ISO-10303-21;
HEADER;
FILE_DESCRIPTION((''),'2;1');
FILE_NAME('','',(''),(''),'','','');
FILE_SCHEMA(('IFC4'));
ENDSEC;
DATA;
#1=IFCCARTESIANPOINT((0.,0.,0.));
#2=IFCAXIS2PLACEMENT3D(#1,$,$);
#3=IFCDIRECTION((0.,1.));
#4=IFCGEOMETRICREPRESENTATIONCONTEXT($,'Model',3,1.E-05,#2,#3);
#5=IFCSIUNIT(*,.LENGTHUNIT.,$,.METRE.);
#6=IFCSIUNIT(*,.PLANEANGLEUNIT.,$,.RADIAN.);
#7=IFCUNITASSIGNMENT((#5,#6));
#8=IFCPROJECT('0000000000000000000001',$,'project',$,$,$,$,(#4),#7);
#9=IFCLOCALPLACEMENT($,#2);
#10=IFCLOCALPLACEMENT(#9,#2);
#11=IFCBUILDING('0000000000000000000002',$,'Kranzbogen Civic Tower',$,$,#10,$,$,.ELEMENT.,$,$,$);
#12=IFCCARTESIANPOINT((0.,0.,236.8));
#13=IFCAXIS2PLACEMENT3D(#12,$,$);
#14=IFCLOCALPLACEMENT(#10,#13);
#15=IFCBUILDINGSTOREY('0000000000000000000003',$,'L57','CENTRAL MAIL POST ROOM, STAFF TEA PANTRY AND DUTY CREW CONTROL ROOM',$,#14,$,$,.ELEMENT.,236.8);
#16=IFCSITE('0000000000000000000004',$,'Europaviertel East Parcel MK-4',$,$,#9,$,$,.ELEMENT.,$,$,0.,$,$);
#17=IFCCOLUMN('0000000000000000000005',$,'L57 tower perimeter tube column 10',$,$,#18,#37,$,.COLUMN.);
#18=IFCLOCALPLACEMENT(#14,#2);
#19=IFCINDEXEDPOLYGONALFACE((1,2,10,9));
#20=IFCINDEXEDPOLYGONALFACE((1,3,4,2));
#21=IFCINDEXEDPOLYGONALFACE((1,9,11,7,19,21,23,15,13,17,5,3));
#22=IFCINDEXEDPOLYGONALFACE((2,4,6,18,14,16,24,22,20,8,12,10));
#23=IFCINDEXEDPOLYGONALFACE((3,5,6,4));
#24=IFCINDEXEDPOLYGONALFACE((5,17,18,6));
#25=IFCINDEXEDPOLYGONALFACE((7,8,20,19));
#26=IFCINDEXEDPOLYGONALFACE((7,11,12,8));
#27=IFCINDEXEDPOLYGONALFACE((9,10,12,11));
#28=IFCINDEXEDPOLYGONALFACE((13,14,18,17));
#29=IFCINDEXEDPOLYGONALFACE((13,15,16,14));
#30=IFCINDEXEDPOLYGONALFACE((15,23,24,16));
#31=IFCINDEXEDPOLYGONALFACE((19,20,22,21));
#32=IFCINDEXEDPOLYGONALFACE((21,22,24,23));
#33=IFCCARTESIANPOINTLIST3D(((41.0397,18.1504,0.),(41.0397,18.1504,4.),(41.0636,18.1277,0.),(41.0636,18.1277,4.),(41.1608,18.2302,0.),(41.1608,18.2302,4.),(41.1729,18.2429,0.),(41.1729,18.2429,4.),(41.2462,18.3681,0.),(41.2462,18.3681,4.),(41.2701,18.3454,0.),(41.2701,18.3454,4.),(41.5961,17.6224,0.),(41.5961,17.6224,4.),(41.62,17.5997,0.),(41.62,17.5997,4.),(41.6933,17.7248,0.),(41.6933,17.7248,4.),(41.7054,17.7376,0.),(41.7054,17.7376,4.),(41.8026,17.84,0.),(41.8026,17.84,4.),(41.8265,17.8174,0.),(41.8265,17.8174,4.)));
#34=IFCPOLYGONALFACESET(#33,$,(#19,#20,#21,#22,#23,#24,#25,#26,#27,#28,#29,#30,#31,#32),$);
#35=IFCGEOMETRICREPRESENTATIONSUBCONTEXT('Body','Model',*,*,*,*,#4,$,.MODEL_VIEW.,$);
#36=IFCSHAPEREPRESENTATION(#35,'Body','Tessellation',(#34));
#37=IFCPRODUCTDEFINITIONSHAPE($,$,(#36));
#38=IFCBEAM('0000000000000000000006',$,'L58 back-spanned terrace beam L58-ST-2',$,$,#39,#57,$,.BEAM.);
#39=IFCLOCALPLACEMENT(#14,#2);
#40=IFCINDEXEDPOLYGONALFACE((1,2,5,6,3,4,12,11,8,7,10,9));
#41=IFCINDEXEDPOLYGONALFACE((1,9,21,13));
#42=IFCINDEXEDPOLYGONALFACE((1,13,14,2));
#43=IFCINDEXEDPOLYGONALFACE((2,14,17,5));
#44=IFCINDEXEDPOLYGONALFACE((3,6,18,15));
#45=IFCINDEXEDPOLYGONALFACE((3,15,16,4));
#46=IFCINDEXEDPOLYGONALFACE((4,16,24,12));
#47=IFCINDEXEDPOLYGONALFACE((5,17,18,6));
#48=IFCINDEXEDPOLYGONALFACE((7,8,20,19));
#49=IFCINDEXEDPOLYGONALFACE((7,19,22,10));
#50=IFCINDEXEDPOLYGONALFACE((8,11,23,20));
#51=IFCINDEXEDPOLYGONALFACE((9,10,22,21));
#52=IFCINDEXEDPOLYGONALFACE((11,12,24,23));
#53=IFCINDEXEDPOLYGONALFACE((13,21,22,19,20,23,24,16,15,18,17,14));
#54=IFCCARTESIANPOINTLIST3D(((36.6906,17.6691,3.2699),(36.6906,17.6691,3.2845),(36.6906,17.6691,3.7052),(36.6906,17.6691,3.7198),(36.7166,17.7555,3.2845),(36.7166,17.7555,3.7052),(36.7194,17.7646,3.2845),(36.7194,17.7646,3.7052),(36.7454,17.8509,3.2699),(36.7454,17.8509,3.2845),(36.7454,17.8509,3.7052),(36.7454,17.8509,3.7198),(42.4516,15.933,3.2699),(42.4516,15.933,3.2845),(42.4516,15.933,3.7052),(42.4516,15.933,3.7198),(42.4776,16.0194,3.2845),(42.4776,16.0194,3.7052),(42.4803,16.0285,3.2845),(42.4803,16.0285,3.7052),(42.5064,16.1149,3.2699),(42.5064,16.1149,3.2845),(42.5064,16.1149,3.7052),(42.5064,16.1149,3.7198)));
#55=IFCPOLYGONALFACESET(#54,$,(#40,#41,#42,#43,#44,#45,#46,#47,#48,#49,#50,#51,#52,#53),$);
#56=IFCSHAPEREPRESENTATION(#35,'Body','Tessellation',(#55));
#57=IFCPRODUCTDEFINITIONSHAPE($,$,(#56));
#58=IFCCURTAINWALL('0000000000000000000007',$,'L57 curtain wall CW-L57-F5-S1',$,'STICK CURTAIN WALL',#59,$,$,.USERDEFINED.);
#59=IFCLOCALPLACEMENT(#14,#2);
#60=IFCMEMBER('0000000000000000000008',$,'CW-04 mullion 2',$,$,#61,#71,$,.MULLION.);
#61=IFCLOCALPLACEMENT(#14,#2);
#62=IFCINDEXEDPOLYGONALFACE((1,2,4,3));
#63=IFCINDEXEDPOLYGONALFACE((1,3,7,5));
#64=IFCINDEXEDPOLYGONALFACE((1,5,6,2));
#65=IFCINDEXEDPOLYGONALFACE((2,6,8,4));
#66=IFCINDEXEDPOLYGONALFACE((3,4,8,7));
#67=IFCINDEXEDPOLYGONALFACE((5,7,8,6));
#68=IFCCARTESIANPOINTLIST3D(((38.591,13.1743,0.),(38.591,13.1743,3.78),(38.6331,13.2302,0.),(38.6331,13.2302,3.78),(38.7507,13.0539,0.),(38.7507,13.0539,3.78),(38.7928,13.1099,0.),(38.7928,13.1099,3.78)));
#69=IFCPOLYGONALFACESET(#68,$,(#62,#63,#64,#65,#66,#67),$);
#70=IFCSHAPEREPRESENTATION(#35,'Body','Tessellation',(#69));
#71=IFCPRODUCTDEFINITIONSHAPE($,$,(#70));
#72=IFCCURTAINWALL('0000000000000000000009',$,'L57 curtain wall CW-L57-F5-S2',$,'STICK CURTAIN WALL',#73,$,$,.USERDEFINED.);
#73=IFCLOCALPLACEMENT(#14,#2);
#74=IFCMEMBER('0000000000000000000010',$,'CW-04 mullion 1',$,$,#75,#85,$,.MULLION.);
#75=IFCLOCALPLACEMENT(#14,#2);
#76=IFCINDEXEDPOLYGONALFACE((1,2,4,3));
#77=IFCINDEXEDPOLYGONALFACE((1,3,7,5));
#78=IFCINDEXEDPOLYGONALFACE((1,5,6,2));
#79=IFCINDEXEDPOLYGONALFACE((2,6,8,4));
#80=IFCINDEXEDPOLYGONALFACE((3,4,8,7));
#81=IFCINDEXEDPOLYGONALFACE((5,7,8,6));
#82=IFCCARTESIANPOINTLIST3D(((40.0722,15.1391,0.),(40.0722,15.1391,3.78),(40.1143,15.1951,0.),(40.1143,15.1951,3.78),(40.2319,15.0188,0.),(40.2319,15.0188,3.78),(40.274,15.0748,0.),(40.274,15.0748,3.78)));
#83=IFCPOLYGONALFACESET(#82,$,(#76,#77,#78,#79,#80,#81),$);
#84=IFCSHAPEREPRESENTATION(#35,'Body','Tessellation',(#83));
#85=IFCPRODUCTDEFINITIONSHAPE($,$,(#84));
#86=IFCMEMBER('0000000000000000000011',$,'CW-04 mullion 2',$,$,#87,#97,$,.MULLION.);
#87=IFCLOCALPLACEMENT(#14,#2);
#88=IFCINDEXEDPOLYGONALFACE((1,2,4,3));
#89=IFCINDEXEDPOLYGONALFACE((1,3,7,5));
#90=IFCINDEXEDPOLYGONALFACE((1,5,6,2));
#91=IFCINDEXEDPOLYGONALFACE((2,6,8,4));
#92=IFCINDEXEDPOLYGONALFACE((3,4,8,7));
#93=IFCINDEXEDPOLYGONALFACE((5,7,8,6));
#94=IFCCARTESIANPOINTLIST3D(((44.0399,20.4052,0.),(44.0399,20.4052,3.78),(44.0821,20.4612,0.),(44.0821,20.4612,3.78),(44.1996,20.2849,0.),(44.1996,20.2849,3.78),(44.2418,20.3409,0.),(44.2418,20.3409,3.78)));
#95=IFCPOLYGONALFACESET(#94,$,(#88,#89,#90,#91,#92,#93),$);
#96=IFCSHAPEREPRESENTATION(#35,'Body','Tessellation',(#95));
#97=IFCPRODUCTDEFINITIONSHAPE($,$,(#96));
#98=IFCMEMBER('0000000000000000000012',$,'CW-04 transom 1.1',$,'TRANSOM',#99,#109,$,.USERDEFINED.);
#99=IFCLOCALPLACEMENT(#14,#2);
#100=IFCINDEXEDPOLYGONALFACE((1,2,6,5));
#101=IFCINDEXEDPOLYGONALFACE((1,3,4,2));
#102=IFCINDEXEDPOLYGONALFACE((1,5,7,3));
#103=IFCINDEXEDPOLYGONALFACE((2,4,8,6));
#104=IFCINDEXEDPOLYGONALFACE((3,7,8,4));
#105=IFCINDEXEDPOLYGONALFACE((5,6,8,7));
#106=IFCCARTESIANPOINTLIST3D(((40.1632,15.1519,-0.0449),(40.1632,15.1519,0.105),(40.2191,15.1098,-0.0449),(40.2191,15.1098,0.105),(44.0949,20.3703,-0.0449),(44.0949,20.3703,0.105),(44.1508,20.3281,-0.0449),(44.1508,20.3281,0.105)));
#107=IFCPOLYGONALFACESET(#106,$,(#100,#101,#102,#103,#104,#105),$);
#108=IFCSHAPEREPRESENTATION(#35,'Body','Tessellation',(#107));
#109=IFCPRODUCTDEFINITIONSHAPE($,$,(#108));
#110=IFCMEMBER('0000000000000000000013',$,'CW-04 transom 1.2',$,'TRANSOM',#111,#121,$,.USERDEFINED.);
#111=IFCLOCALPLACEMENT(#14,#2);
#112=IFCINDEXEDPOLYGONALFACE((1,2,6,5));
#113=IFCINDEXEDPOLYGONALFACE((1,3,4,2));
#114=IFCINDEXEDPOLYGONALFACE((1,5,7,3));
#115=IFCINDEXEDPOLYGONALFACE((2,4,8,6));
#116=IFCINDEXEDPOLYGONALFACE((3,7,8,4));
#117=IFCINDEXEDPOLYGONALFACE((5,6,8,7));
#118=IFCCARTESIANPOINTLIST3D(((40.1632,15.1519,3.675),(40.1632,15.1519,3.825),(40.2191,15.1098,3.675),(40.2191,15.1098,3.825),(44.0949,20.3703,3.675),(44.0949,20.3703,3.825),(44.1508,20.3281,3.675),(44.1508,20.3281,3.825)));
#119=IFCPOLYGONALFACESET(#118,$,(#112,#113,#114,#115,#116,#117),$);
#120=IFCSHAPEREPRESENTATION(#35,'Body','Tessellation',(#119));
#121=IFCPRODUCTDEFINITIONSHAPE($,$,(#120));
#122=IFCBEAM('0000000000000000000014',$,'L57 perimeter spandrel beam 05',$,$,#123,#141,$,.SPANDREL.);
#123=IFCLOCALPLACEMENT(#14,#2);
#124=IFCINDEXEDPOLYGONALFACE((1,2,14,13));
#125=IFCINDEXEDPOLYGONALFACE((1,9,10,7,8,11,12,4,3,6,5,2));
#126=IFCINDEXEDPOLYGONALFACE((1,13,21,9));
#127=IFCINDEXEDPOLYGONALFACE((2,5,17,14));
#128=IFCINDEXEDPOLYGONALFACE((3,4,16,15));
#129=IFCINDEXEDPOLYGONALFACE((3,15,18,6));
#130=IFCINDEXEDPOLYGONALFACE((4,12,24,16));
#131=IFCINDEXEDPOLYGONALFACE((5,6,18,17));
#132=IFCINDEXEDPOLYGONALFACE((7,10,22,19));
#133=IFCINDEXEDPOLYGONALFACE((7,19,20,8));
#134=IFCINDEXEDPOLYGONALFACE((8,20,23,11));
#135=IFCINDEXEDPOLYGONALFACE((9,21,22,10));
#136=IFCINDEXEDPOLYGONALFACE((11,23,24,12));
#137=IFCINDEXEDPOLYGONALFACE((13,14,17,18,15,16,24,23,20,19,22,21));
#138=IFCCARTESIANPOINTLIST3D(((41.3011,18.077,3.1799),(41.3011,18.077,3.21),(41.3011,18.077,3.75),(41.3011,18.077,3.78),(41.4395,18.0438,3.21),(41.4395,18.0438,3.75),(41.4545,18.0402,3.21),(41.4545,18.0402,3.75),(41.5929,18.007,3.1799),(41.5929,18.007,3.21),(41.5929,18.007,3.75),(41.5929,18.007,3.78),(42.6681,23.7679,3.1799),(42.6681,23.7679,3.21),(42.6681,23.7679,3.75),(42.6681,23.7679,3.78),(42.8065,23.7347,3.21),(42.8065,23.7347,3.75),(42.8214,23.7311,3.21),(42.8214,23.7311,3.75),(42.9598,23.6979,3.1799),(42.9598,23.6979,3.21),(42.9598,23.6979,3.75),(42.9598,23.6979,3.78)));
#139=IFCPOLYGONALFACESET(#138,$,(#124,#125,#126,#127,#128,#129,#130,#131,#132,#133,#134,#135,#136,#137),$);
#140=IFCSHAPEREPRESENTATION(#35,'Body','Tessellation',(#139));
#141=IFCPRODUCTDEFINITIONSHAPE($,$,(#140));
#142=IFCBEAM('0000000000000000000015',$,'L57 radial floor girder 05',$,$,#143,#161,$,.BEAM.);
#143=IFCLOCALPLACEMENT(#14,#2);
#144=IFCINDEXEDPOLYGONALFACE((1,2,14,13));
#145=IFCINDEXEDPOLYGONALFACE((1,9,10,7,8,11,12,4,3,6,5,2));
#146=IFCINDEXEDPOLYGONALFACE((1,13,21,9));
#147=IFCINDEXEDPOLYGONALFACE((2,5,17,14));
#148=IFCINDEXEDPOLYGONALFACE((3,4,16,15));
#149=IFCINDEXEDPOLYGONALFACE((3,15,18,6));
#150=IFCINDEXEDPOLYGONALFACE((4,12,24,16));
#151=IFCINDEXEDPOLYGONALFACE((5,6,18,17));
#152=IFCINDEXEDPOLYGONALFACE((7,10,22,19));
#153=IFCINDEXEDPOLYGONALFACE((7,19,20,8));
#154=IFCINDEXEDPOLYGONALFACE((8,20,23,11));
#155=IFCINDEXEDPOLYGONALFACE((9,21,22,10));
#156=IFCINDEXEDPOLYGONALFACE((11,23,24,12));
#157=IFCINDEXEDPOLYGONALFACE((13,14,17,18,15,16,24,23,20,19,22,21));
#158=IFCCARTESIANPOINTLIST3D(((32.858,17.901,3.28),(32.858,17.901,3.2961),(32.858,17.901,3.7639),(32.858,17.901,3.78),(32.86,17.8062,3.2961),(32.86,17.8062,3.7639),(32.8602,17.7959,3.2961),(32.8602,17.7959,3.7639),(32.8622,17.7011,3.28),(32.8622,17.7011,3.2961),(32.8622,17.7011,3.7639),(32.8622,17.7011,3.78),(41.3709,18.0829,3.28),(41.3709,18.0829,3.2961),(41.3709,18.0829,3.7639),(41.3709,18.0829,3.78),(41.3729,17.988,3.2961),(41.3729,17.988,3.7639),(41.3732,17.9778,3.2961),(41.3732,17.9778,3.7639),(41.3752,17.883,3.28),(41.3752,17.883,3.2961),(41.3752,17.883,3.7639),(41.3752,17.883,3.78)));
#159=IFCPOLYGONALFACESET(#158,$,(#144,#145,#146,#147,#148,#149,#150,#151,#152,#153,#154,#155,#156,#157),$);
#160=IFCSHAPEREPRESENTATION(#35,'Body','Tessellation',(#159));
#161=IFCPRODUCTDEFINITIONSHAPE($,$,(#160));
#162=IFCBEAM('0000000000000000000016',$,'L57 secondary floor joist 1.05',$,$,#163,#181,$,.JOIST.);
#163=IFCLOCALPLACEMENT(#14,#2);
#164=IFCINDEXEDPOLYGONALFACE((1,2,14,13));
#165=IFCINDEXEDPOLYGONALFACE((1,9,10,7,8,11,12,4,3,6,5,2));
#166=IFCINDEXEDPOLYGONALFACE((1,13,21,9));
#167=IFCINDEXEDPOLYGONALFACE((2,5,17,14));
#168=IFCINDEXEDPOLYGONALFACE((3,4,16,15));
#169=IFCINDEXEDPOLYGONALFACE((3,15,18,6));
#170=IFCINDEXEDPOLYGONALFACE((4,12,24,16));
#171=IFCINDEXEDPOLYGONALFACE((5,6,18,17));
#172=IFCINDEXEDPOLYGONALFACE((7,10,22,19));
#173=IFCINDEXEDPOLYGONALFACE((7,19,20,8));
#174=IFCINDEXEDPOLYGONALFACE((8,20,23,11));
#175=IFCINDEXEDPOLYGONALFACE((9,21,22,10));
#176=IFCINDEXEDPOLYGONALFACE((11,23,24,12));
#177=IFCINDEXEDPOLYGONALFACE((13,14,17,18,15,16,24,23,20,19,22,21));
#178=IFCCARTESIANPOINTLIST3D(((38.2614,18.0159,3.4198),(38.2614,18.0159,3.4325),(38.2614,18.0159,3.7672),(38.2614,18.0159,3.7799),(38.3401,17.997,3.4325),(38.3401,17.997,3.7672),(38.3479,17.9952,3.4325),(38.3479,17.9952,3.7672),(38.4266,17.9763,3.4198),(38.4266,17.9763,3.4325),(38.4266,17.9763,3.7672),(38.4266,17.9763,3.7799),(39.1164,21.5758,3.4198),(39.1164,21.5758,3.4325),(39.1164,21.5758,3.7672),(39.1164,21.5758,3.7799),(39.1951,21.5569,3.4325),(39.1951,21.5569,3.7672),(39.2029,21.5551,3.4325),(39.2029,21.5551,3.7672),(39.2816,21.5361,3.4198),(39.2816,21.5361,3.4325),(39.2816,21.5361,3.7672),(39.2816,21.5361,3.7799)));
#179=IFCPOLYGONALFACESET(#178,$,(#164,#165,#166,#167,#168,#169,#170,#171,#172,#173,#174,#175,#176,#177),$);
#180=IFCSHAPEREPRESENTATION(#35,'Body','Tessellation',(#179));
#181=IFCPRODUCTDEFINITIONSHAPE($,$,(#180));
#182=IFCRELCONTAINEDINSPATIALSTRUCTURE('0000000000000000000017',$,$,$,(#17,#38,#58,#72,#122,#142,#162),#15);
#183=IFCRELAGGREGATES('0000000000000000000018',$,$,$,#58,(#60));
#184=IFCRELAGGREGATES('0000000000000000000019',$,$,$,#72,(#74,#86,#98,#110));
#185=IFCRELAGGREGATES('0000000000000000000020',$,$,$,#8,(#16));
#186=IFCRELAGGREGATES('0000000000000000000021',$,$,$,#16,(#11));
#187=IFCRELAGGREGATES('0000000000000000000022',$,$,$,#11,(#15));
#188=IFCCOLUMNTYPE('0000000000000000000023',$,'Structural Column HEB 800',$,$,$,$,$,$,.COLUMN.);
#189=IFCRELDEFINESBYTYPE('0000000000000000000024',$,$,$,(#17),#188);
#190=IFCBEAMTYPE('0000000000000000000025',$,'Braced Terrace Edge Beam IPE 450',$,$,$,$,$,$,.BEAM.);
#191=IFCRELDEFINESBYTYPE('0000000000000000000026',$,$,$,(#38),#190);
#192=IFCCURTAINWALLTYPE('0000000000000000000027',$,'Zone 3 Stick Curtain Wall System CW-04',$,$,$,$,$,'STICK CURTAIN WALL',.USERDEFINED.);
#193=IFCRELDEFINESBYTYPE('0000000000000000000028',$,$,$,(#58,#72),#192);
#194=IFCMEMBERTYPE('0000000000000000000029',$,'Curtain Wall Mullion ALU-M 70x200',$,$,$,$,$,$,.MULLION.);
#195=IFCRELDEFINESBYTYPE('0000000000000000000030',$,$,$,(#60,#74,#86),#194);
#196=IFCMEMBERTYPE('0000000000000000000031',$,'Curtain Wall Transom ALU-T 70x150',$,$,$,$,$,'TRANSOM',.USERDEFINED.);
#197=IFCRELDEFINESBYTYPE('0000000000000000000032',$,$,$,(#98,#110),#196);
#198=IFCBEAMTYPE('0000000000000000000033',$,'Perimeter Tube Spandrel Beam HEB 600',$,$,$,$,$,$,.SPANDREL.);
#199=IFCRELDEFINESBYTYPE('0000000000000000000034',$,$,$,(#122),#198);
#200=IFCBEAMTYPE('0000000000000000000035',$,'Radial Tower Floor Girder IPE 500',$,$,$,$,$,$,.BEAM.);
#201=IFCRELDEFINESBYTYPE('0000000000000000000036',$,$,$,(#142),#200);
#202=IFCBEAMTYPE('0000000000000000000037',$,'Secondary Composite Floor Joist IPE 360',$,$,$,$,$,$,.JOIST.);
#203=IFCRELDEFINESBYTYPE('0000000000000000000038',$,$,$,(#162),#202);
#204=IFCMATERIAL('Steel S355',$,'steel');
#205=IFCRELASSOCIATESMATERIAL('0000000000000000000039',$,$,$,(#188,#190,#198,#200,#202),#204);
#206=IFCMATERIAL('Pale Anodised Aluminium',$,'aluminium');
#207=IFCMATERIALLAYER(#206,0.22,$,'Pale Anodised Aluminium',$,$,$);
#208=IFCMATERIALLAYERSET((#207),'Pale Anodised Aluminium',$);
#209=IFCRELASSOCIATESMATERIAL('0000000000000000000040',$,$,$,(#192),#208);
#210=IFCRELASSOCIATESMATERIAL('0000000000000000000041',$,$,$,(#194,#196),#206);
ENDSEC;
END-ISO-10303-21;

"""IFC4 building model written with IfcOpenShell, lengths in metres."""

from ifc_helpers import new_model, si_unit, direction, frame, origin, origin_2d, place, context, subcontext, project, spatial, rectangle, i_section, extrude, material, layer, layer_set, material_profile, profile_set, type_object, element, aggregate, save


model = new_model("IFC4")

# Units and contexts
model_context = context("Model", 3, precision=1e-05, world=origin(), true_north=direction((0.0, 1.0)))
body_context = subcontext(model_context, "Body", "Model", "MODEL_VIEW")
ifc_project = project(units=[si_unit("LENGTHUNIT", "METRE"), si_unit("PLANEANGLEUNIT", "RADIAN")], contexts=[model_context])

# Site, building, storey
site_placement = place(None, origin())
site = spatial("IfcSite", under=ifc_project, at=site_placement, Name="Europaviertel East Parcel MK-4", CompositionType="ELEMENT", RefElevation=0.0)
building_placement = place(site_placement, origin())
building = spatial("IfcBuilding", under=site, at=building_placement, Name="Kranzbogen Civic Tower", CompositionType="ELEMENT")
storey_placement = place(building_placement, frame((0.0, 0.0, 236.8)))
storey = spatial("IfcBuildingStorey", under=building, at=storey_placement, Name="L57", Description="CENTRAL MAIL POST ROOM, STAFF TEA PANTRY AND DUTY CREW CONTROL ROOM", CompositionType="ELEMENT", Elevation=236.8)

# Column
ifc_material_1 = material(Name="Steel S355", Category="steel")
ifc_material_profile_1 = material_profile(ifc_material_1, i_section(OverallWidth=0.3, OverallDepth=0.8, WebThickness=0.0176, FlangeThickness=0.033, at=origin_2d()), Name="HEB 800")
ifc_profile_set_1 = profile_set([ifc_material_profile_1], Name="Steel S355")
column_type = type_object("IfcColumnType", Name="Structural Column HEB 800", PredefinedType="COLUMN", material=ifc_profile_set_1)
column_placement = place(storey_placement, frame((41.4331, 17.9839, 0.0), z_axis=(0.0, 0.0, 1.0), x_axis=(0.688355, 0.725374, 0.0)))
element("IfcColumn", 1, at=column_placement, inside=storey, type_object=column_type, Name="L57 tower perimeter tube column 10", PredefinedType="COLUMN", context=body_context, shape_type="SweptSolid", body=[
    extrude(i_section(OverallWidth=0.3, OverallDepth=0.8, WebThickness=0.0176, FlangeThickness=0.033, at=origin_2d()), origin(), (0.0, 0.0, 1.0), 4.0),
])

# Beam
ifc_material_profile_2 = material_profile(ifc_material_1, i_section(OverallWidth=0.1899, OverallDepth=0.45, WebThickness=0.0095, FlangeThickness=0.0146, at=origin_2d()), Name="IPE 450")
ifc_profile_set_2 = profile_set([ifc_material_profile_2], Name="Steel S355")
beam_type_1 = type_object("IfcBeamType", Name="Braced Terrace Edge Beam IPE 450", PredefinedType="BEAM", material=ifc_profile_set_2)
beam_1_placement = place(storey_placement, frame((36.718, 17.76, 3.4949), z_axis=(0.957469, -0.288535, 0.0), x_axis=(0.288535, 0.957469, 0.0)))
element("IfcBeam", 2, at=beam_1_placement, inside=storey, type_object=beam_type_1, Name="L58 back-spanned terrace beam L58-ST-2", PredefinedType="BEAM", context=body_context, shape_type="SweptSolid", body=[
    extrude(i_section(OverallWidth=0.1899, OverallDepth=0.45, WebThickness=0.0095, FlangeThickness=0.0146, at=origin_2d()), origin(), (0.0, 0.0, 1.0), 6.0168),
])

# Curtain wall, member
ifc_material_2 = material(Name="Pale Anodised Aluminium", Category="aluminium")
ifc_layer_1 = layer(ifc_material_2, 0.22, Name="Pale Anodised Aluminium")
ifc_layer_set_1 = layer_set([ifc_layer_1], Name="Pale Anodised Aluminium")
curtain_wall_type = type_object("IfcCurtainWallType", Name="Zone 3 Stick Curtain Wall System CW-04", ElementType="STICK CURTAIN WALL", PredefinedType="USERDEFINED", material=ifc_layer_set_1)
curtain_wall_1_placement = place(storey_placement, origin())
curtain_wall_1 = element("IfcCurtainWall", 3, at=curtain_wall_1_placement, inside=storey, type_object=curtain_wall_type, Name="L57 curtain wall CW-L57-F5-S1", ObjectType="STICK CURTAIN WALL", PredefinedType="USERDEFINED")
ifc_material_profile_3 = material_profile(ifc_material_2, rectangle(XDim=0.0701, YDim=0.2, at=origin_2d()), Name="ALU-M 70x200")
ifc_profile_set_3 = profile_set([ifc_material_profile_3], Name="Pale Anodised Aluminium")
member_type_1 = type_object("IfcMemberType", Name="Curtain Wall Mullion ALU-M 70x200", PredefinedType="MULLION", material=ifc_profile_set_3)
member_1_placement = place(storey_placement, frame((38.6919, 13.1421, 0.0), z_axis=(0.0, 0.0, 1.0), x_axis=(0.601778, 0.798663, 0.0)))
member_1 = element("IfcMember", 4, at=member_1_placement, type_object=member_type_1, Name="CW-04 mullion 2", PredefinedType="MULLION", context=body_context, shape_type="SweptSolid", body=[
    extrude(rectangle(XDim=0.0701, YDim=0.2, at=origin_2d()), origin(), (0.0, 0.0, 1.0), 3.78),
])

# Curtain wall, members
curtain_wall_2_placement = place(storey_placement, origin())
curtain_wall_2 = element("IfcCurtainWall", 5, at=curtain_wall_2_placement, inside=storey, type_object=curtain_wall_type, Name="L57 curtain wall CW-L57-F5-S2", ObjectType="STICK CURTAIN WALL", PredefinedType="USERDEFINED")
member_2_placement = place(storey_placement, frame((40.1731, 15.1069, 0.0), z_axis=(0.0, 0.0, 1.0), x_axis=(0.601778, 0.798663, 0.0)))
member_2 = element("IfcMember", 6, at=member_2_placement, type_object=member_type_1, Name="CW-04 mullion 1", PredefinedType="MULLION", context=body_context, shape_type="SweptSolid", body=[
    extrude(rectangle(XDim=0.0701, YDim=0.2, at=origin_2d()), origin(), (0.0, 0.0, 1.0), 3.78),
])
member_3_placement = place(storey_placement, frame((44.1409, 20.373, 0.0), z_axis=(0.0, 0.0, 1.0), x_axis=(0.601778, 0.798663, 0.0)))
member_3 = element("IfcMember", 7, at=member_3_placement, type_object=member_type_1, Name="CW-04 mullion 2", PredefinedType="MULLION", context=body_context, shape_type="SweptSolid", body=[
    extrude(rectangle(XDim=0.0701, YDim=0.2, at=origin_2d()), origin(), (0.0, 0.0, 1.0), 3.78),
])
ifc_material_profile_4 = material_profile(ifc_material_2, rectangle(XDim=0.0701, YDim=0.1499, at=origin_2d()), Name="ALU-T 70x150")
ifc_profile_set_4 = profile_set([ifc_material_profile_4], Name="Pale Anodised Aluminium")
member_type_2 = type_object("IfcMemberType", Name="Curtain Wall Transom ALU-T 70x150", ElementType="TRANSOM", PredefinedType="USERDEFINED", material=ifc_profile_set_4)
member_4_placement = place(storey_placement, frame((40.1912, 15.1309, 0.03), z_axis=(0.601756, 0.79868, 0.0), x_axis=(-0.79868, 0.601756, 0.0)))
member_4 = element("IfcMember", 8, at=member_4_placement, type_object=member_type_2, Name="CW-04 transom 1.1", ObjectType="TRANSOM", PredefinedType="USERDEFINED", context=body_context, shape_type="SweptSolid", body=[
    extrude(rectangle(XDim=0.0701, YDim=0.1499, at=origin_2d()), origin(), (0.0, 0.0, 1.0), 6.5337),
])
member_5_placement = place(storey_placement, frame((40.1912, 15.1309, 3.75), z_axis=(0.601756, 0.79868, 0.0), x_axis=(-0.79868, 0.601756, 0.0)))
member_5 = element("IfcMember", 9, at=member_5_placement, type_object=member_type_2, Name="CW-04 transom 1.2", ObjectType="TRANSOM", PredefinedType="USERDEFINED", context=body_context, shape_type="SweptSolid", body=[
    extrude(rectangle(XDim=0.0701, YDim=0.1499, at=origin_2d()), origin(), (0.0, 0.0, 1.0), 6.5337),
])

# Beams
ifc_material_profile_5 = material_profile(ifc_material_1, i_section(OverallWidth=0.3, OverallDepth=0.6001, WebThickness=0.0154, FlangeThickness=0.03, at=origin_2d()), Name="HEB 600")
ifc_profile_set_5 = profile_set([ifc_material_profile_5], Name="Steel S355")
beam_type_2 = type_object("IfcBeamType", Name="Perimeter Tube Spandrel Beam HEB 600", PredefinedType="SPANDREL", material=ifc_profile_set_5)
beam_2_placement = place(storey_placement, frame((41.447, 18.042, 3.48), z_axis=(0.233554, 0.972344, 0.0), x_axis=(-0.972344, 0.233554, 0.0)))
element("IfcBeam", 10, at=beam_2_placement, inside=storey, type_object=beam_type_2, Name="L57 perimeter spandrel beam 05", PredefinedType="SPANDREL", context=body_context, shape_type="SweptSolid", body=[
    extrude(i_section(OverallWidth=0.3, OverallDepth=0.6001, WebThickness=0.0154, FlangeThickness=0.03, at=origin_2d()), origin(), (0.0, 0.0, 1.0), 5.8528),
])
ifc_material_profile_6 = material_profile(ifc_material_1, i_section(OverallWidth=0.2, OverallDepth=0.5, WebThickness=0.0103, FlangeThickness=0.0161, at=origin_2d()), Name="IPE 500")
ifc_profile_set_6 = profile_set([ifc_material_profile_6], Name="Steel S355")
beam_type_3 = type_object("IfcBeamType", Name="Radial Tower Floor Girder IPE 500", PredefinedType="BEAM", material=ifc_profile_set_6)
beam_3_placement = place(storey_placement, frame((41.373, 17.9829, 3.53), z_axis=(-0.999772, -0.021361, 0.0), x_axis=(0.021361, -0.999772, 0.0)))
element("IfcBeam", 11, at=beam_3_placement, inside=storey, type_object=beam_type_3, Name="L57 radial floor girder 05", PredefinedType="BEAM", context=body_context, shape_type="SweptSolid", body=[
    extrude(i_section(OverallWidth=0.2, OverallDepth=0.5, WebThickness=0.0103, FlangeThickness=0.0161, at=origin_2d()), origin(), (0.0, 0.0, 1.0), 8.5149),
])
ifc_material_profile_7 = material_profile(ifc_material_1, i_section(OverallWidth=0.1699, OverallDepth=0.3601, WebThickness=0.0081, FlangeThickness=0.0127, at=origin_2d()), Name="IPE 360")
ifc_profile_set_7 = profile_set([ifc_material_profile_7], Name="Steel S355")
beam_type_4 = type_object("IfcBeamType", Name="Secondary Composite Floor Joist IPE 360", PredefinedType="JOIST", material=ifc_profile_set_7)
beam_4_placement = place(storey_placement, frame((38.344, 17.9961, 3.5999), z_axis=(0.233534, 0.972349, 0.0), x_axis=(-0.972349, 0.233534, 0.0)))
element("IfcBeam", 12, at=beam_4_placement, inside=storey, type_object=beam_type_4, Name="L57 secondary floor joist 1.05", PredefinedType="JOIST", context=body_context, shape_type="SweptSolid", body=[
    extrude(i_section(OverallWidth=0.1699, OverallDepth=0.3601, WebThickness=0.0081, FlangeThickness=0.0127, at=origin_2d()), origin(), (0.0, 0.0, 1.0), 3.6611),
])

aggregate(curtain_wall_1, [member_1])
aggregate(curtain_wall_2, [member_2, member_3, member_4, member_5])

save(model, "model.ifc")
